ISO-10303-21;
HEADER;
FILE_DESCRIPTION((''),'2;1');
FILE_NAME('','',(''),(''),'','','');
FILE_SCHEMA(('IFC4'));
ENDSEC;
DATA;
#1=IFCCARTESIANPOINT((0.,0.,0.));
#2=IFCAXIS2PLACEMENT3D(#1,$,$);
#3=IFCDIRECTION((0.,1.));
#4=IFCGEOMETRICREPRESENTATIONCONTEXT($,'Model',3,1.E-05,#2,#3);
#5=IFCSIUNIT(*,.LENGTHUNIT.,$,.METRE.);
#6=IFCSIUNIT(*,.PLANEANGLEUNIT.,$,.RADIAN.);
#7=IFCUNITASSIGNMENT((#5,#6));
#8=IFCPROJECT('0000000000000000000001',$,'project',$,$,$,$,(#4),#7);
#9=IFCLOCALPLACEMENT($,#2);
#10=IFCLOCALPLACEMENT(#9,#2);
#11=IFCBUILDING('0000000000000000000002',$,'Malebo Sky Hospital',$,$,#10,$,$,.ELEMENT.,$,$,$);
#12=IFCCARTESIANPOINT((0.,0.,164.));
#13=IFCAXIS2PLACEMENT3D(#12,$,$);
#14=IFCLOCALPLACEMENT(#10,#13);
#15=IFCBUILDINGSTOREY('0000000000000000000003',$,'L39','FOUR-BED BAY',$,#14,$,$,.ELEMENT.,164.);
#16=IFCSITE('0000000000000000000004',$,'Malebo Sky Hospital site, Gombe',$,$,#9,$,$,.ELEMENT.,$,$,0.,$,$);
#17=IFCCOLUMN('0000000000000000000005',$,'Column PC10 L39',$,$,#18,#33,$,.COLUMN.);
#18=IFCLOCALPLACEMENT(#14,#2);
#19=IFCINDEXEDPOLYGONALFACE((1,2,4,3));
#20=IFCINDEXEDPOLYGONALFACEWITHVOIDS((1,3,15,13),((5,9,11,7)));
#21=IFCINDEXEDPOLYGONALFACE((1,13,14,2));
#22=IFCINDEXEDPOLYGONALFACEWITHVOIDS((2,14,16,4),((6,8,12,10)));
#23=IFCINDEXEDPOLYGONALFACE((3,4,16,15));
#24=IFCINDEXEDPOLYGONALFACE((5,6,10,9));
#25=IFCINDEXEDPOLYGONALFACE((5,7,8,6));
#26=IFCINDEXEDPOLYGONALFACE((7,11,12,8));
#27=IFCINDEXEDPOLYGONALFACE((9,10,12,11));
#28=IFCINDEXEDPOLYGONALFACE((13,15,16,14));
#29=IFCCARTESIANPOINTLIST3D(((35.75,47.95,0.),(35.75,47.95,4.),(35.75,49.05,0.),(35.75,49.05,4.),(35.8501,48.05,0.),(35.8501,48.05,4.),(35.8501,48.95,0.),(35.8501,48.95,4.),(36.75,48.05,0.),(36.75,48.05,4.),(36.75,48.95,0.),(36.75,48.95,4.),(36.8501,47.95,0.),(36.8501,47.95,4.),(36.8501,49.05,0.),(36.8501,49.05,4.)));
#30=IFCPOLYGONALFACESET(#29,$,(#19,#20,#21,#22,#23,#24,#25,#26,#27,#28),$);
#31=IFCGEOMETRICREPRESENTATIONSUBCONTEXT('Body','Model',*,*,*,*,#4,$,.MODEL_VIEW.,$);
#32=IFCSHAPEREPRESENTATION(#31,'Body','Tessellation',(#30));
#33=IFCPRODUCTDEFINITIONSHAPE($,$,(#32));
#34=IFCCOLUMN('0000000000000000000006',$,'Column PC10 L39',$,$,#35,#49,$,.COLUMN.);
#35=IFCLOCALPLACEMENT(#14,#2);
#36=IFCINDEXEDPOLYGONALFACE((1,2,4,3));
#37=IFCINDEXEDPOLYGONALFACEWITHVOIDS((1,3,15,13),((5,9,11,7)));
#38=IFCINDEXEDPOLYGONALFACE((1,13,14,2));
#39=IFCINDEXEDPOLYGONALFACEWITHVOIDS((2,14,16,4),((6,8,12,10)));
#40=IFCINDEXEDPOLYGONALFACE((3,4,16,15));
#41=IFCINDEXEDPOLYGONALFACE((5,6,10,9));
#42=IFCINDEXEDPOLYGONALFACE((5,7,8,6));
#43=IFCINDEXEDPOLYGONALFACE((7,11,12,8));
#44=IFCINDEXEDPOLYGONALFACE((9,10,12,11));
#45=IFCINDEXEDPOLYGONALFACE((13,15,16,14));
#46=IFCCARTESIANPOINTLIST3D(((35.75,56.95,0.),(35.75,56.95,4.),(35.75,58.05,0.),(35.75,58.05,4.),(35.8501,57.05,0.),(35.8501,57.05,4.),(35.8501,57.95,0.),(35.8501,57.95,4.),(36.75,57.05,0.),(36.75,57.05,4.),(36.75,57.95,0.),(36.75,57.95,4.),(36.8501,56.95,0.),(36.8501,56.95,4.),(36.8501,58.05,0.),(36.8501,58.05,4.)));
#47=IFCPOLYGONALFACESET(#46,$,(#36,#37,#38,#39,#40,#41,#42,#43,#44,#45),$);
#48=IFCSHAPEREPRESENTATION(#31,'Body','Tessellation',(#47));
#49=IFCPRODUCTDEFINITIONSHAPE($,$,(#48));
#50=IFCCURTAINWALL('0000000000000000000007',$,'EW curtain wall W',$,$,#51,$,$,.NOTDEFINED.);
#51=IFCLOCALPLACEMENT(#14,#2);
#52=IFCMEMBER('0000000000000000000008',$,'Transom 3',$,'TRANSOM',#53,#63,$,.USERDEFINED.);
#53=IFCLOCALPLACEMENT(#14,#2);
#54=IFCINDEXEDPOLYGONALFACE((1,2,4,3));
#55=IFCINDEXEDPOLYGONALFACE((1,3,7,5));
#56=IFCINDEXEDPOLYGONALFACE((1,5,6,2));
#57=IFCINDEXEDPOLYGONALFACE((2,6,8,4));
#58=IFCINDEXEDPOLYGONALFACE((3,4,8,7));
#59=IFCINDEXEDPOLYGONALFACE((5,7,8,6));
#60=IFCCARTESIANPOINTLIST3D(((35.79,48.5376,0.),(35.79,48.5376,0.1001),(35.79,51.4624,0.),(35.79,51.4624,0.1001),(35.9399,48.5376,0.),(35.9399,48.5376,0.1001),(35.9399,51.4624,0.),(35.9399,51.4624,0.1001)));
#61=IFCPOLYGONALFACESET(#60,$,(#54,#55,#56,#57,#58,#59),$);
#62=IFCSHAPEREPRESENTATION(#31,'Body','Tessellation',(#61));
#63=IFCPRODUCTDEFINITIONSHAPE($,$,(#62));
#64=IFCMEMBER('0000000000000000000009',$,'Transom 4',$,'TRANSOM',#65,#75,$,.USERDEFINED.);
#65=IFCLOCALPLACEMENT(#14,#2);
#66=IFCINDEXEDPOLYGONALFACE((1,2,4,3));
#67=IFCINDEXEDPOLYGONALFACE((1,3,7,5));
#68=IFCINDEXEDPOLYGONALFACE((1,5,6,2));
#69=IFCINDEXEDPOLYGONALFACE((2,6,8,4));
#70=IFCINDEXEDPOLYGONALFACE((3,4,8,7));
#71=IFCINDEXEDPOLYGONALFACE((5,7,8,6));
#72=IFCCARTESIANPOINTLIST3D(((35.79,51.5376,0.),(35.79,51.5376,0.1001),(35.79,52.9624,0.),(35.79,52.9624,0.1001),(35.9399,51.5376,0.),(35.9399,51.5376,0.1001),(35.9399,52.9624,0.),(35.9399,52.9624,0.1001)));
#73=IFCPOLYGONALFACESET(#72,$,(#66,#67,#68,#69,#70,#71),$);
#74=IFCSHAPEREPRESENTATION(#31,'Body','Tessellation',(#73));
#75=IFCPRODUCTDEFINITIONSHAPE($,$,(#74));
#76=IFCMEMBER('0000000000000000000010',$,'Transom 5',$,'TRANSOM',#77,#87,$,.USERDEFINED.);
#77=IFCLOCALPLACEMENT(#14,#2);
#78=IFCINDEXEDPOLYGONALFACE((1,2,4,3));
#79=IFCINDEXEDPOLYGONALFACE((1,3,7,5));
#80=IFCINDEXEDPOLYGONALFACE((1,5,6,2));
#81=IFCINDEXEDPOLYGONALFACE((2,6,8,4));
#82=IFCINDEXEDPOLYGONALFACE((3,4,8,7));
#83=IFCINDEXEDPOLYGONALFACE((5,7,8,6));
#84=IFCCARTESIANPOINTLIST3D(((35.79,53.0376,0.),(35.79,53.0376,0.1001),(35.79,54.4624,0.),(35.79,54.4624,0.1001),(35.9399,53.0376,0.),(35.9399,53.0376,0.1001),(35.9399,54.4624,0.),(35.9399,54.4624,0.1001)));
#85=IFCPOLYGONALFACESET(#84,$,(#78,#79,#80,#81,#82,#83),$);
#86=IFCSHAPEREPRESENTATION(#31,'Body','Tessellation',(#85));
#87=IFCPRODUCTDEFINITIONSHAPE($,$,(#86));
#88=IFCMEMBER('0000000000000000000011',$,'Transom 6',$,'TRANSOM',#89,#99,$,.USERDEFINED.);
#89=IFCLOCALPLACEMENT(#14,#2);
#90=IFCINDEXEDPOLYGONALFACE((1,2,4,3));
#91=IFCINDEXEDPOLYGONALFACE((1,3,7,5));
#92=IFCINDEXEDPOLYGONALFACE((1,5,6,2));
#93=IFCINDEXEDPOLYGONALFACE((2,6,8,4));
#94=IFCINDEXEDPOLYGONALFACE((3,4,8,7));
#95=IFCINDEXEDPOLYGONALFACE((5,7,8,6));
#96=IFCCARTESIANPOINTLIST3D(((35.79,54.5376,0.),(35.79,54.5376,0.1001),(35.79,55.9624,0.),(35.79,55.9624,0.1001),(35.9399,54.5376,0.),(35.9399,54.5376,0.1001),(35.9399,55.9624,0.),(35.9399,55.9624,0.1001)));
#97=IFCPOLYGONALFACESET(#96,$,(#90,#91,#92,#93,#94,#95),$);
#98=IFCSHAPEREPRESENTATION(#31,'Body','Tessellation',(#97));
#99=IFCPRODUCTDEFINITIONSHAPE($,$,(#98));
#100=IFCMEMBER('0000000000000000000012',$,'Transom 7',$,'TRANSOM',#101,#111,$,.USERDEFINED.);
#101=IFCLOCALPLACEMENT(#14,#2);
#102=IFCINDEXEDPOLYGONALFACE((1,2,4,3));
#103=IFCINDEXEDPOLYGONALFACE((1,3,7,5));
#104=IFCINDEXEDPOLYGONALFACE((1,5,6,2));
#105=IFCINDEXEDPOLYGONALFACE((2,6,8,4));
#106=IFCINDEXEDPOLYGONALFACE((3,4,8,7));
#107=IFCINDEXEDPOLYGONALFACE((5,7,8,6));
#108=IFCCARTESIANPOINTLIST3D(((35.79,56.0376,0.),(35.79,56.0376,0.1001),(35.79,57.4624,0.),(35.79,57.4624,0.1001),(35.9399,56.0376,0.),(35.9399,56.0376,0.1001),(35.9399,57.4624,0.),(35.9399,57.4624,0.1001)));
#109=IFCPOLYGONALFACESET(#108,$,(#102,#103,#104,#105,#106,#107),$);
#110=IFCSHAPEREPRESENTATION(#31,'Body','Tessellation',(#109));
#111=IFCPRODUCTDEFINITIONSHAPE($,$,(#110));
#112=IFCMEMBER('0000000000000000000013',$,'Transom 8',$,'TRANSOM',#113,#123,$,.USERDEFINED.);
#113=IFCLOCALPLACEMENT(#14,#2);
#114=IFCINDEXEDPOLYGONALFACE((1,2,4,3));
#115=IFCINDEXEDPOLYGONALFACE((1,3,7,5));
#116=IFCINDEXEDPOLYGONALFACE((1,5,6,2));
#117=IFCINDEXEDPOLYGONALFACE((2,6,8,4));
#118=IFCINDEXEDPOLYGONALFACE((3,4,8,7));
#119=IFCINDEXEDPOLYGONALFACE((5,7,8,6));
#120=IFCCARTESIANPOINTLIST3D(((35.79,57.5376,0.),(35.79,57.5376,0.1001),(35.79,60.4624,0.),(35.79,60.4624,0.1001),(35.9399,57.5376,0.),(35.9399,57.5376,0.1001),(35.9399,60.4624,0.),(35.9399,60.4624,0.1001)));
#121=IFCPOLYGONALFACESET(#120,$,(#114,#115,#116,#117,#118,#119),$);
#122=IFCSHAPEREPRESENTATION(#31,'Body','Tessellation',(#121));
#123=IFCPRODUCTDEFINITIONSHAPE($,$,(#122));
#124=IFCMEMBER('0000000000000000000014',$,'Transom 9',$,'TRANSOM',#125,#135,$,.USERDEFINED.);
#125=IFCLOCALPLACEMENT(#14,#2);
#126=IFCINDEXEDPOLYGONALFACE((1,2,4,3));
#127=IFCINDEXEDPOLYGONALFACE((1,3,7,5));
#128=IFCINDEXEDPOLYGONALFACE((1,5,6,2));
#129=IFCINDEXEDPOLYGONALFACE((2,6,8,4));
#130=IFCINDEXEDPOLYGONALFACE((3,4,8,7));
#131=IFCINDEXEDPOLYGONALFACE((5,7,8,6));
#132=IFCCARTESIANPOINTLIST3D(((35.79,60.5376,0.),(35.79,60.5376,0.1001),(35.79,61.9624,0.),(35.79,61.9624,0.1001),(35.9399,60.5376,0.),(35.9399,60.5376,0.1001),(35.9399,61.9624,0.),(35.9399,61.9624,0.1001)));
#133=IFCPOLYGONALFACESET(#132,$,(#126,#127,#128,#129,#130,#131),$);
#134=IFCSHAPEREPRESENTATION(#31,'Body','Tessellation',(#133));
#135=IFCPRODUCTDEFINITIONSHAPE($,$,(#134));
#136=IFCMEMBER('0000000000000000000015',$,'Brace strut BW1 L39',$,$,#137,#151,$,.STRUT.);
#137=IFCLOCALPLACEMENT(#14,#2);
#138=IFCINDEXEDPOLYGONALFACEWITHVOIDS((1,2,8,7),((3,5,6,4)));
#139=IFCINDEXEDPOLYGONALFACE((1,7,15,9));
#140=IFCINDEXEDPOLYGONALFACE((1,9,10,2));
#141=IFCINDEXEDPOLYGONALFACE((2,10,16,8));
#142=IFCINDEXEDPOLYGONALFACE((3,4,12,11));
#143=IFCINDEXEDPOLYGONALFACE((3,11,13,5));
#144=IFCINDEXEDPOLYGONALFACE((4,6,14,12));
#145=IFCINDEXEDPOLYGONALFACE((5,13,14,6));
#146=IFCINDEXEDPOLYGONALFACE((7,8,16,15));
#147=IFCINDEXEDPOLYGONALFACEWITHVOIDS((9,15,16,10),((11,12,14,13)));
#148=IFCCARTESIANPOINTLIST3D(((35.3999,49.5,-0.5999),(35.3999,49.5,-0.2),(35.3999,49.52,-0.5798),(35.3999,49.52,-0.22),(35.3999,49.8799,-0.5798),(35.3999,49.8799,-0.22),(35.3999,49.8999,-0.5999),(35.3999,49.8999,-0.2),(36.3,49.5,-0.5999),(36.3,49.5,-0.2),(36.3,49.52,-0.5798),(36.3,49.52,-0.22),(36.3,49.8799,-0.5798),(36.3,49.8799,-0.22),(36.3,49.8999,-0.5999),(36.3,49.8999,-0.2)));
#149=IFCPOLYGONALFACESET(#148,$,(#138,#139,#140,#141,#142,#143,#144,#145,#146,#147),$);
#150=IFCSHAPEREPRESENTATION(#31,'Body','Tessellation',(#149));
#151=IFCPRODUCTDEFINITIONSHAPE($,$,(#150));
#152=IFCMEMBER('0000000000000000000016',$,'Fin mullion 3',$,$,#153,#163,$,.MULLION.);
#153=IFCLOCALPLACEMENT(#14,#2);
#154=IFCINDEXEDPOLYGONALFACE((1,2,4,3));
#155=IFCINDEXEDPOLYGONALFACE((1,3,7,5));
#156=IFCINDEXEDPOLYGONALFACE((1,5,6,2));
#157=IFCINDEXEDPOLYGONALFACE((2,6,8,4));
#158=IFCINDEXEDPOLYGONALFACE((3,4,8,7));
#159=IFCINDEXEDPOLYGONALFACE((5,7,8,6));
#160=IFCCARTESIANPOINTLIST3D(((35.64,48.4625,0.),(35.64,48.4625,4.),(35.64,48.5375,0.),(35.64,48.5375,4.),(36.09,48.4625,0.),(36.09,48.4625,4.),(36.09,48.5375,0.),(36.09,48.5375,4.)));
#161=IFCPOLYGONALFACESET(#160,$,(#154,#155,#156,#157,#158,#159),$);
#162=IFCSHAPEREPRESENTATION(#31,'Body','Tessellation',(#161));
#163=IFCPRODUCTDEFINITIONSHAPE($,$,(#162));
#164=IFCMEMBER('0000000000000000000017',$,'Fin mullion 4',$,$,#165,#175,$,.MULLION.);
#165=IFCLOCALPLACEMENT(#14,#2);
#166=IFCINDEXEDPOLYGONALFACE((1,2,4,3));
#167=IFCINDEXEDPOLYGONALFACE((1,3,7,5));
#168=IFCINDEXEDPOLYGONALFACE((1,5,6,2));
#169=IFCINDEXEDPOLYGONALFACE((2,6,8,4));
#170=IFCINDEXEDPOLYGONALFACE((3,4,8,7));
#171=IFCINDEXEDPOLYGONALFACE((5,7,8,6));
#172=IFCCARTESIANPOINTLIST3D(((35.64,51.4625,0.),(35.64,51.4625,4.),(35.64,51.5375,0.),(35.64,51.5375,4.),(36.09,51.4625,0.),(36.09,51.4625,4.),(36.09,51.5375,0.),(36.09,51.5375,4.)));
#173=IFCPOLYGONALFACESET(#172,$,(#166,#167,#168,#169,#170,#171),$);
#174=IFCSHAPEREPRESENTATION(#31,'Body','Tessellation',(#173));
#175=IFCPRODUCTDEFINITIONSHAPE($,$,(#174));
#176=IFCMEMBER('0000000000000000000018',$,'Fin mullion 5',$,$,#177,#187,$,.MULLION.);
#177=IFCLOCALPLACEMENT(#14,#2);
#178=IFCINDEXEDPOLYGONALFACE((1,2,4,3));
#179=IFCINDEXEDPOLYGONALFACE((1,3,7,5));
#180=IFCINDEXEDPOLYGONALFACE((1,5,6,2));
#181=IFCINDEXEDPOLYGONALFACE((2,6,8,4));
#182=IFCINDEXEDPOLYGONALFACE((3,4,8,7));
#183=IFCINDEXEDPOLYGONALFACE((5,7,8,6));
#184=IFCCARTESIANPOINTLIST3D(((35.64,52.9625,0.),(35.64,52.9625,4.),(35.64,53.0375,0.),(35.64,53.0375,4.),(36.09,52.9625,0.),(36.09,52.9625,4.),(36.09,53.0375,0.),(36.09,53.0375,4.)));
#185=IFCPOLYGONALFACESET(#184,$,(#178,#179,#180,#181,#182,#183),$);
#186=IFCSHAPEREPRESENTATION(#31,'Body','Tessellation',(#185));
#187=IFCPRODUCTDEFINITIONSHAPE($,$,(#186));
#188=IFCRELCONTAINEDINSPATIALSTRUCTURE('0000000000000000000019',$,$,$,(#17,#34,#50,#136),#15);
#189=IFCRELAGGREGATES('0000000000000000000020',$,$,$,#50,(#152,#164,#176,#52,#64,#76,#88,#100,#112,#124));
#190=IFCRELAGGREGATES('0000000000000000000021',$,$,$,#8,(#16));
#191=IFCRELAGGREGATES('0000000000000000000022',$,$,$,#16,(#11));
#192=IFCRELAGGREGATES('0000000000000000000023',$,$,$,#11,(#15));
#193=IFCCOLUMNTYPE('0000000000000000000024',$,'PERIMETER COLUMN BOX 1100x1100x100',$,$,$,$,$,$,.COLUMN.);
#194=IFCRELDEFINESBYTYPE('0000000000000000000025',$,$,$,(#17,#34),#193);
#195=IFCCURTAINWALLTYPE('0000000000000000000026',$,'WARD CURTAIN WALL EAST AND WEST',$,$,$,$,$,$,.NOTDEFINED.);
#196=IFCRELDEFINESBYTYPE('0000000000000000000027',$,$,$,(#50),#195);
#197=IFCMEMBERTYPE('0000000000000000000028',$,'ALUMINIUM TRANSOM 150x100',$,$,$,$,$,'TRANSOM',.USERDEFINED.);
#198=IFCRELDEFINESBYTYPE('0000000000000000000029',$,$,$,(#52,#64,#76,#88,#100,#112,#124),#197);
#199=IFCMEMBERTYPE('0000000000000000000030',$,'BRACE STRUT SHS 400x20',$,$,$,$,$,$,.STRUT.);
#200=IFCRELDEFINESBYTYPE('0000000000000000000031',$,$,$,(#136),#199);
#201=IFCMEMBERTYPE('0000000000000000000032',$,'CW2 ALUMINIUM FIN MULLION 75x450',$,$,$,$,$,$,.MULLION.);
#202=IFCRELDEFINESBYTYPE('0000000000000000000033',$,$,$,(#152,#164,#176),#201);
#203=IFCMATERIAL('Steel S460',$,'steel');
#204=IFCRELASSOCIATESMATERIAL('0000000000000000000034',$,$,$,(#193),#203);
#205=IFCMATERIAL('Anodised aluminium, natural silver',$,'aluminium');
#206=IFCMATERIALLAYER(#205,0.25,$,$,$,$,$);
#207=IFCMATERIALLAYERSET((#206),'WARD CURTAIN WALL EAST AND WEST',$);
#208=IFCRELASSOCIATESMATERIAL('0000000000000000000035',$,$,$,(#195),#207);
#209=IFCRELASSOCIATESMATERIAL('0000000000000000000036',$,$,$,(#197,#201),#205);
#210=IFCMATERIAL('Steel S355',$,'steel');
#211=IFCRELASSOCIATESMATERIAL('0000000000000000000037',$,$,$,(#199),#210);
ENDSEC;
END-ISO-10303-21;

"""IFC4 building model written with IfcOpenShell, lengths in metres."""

from ifc_helpers import new_model, si_unit, direction, frame, origin, origin_2d, place, context, subcontext, project, spatial, rectangle, hollow_rectangle, extrude, material, layer, layer_set, material_profile, profile_set, type_object, element, aggregate, save


model = new_model("IFC4")

# Units and contexts
model_context = context("Model", 3, precision=1e-05, world=origin(), true_north=direction((0.0, 1.0)))
body_context = subcontext(model_context, "Body", "Model", "MODEL_VIEW")
ifc_project = project(units=[si_unit("LENGTHUNIT", "METRE"), si_unit("PLANEANGLEUNIT", "RADIAN")], contexts=[model_context])

# Site, building, storey
site_placement = place(None, origin())
site = spatial("IfcSite", under=ifc_project, at=site_placement, Name="Malebo Sky Hospital site, Gombe", CompositionType="ELEMENT", RefElevation=0.0)
building_placement = place(site_placement, origin())
building = spatial("IfcBuilding", under=site, at=building_placement, Name="Malebo Sky Hospital", CompositionType="ELEMENT")
storey_placement = place(building_placement, frame((0.0, 0.0, 164.0)))
storey = spatial("IfcBuildingStorey", under=building, at=storey_placement, Name="L39", Description="FOUR-BED BAY", CompositionType="ELEMENT", Elevation=164.0)

# Columns
ifc_material_1 = material(Name="Steel S460", Category="steel")
ifc_material_profile_1 = material_profile(ifc_material_1, hollow_rectangle(XDim=1.1001, YDim=1.1001, WallThickness=0.1001, at=origin_2d()), Name="BOX 1100x1100x100")
ifc_profile_set_1 = profile_set([ifc_material_profile_1], Name="Steel S460")
column_type = type_object("IfcColumnType", Name="PERIMETER COLUMN BOX 1100x1100x100", PredefinedType="COLUMN", material=ifc_profile_set_1)
for number, where, z_axis, x_axis, name in (
    (1, (36.3, 48.5, 0.0), (0.0, 0.0, 1.0), (1.0, 0.0, 0.0), "Column PC10 L39"),
    (2, (36.3, 57.5, 0.0), (0.0, 0.0, 1.0), (1.0, 0.0, 0.0), "Column PC10 L39"),
):
    element("IfcColumn", number, at=place(storey_placement, frame(where, z_axis=z_axis, x_axis=x_axis)), inside=storey, type_object=column_type, Name=name, PredefinedType="COLUMN", context=body_context, shape_type="SweptSolid", body=[
        extrude(hollow_rectangle(XDim=1.1001, YDim=1.1001, WallThickness=0.1001, at=origin_2d()), origin(), (0.0, 0.0, 1.0), 4.0),
    ])

# Curtain wall, members
ifc_material_2 = material(Name="Anodised aluminium, natural silver", Category="aluminium")
ifc_layer_1 = layer(ifc_material_2, 0.25)
ifc_layer_set_1 = layer_set([ifc_layer_1], Name="WARD CURTAIN WALL EAST AND WEST")
curtain_wall_type = type_object("IfcCurtainWallType", Name="WARD CURTAIN WALL EAST AND WEST", PredefinedType="NOTDEFINED", material=ifc_layer_set_1)
curtain_wall_placement = place(storey_placement, origin())
curtain_wall = element("IfcCurtainWall", 3, at=curtain_wall_placement, inside=storey, type_object=curtain_wall_type, Name="EW curtain wall W", PredefinedType="NOTDEFINED")
ifc_material_profile_2 = material_profile(ifc_material_2, rectangle(XDim=0.1499, YDim=0.1001, at=origin_2d()), Name="ALUMINIUM TRANSOM 150x100")
ifc_profile_set_2 = profile_set([ifc_material_profile_2], Name="Anodised aluminium, natural silver")
member_type_1 = type_object("IfcMemberType", Name="ALUMINIUM TRANSOM 150x100", ElementType="TRANSOM", PredefinedType="USERDEFINED", material=ifc_profile_set_2)
member_1_placement = place(storey_placement, frame((35.865, 48.5376, 0.05), z_axis=(0.0, 1.0, 0.0), x_axis=(-1.0, 0.0, 0.0)))
member_1 = element("IfcMember", 4, at=member_1_placement, type_object=member_type_1, Name="Transom 3", ObjectType="TRANSOM", PredefinedType="USERDEFINED", context=body_context, shape_type="SweptSolid", body=[
    extrude(rectangle(XDim=0.1499, YDim=0.1001, at=origin_2d()), origin(), (0.0, 0.0, 1.0), 2.9248),
])
member_2_placement = place(storey_placement, frame((35.865, 51.5376, 0.05), z_axis=(0.0, 1.0, 0.0), x_axis=(-1.0, 0.0, 0.0)))
member_2 = element("IfcMember", 5, at=member_2_placement, type_object=member_type_1, Name="Transom 4", ObjectType="TRANSOM", PredefinedType="USERDEFINED", context=body_context, shape_type="SweptSolid", body=[
    extrude(rectangle(XDim=0.1499, YDim=0.1001, at=origin_2d()), origin(), (0.0, 0.0, 1.0), 1.4248),
])
member_3_placement = place(storey_placement, frame((35.865, 53.0376, 0.05), z_axis=(0.0, 1.0, 0.0), x_axis=(-1.0, 0.0, 0.0)))
member_3 = element("IfcMember", 6, at=member_3_placement, type_object=member_type_1, Name="Transom 5", ObjectType="TRANSOM", PredefinedType="USERDEFINED", context=body_context, shape_type="SweptSolid", body=[
    extrude(rectangle(XDim=0.1499, YDim=0.1001, at=origin_2d()), origin(), (0.0, 0.0, 1.0), 1.4248),
])
member_4_placement = place(storey_placement, frame((35.865, 54.5376, 0.05), z_axis=(0.0, 1.0, 0.0), x_axis=(-1.0, 0.0, 0.0)))
member_4 = element("IfcMember", 7, at=member_4_placement, type_object=member_type_1, Name="Transom 6", ObjectType="TRANSOM", PredefinedType="USERDEFINED", context=body_context, shape_type="SweptSolid", body=[
    extrude(rectangle(XDim=0.1499, YDim=0.1001, at=origin_2d()), origin(), (0.0, 0.0, 1.0), 1.4248),
])
member_5_placement = place(storey_placement, frame((35.865, 56.0376, 0.05), z_axis=(0.0, 1.0, 0.0), x_axis=(-1.0, 0.0, 0.0)))
member_5 = element("IfcMember", 8, at=member_5_placement, type_object=member_type_1, Name="Transom 7", ObjectType="TRANSOM", PredefinedType="USERDEFINED", context=body_context, shape_type="SweptSolid", body=[
    extrude(rectangle(XDim=0.1499, YDim=0.1001, at=origin_2d()), origin(), (0.0, 0.0, 1.0), 1.4248),
])
member_6_placement = place(storey_placement, frame((35.865, 57.5376, 0.05), z_axis=(0.0, 1.0, 0.0), x_axis=(-1.0, 0.0, 0.0)))
member_6 = element("IfcMember", 9, at=member_6_placement, type_object=member_type_1, Name="Transom 8", ObjectType="TRANSOM", PredefinedType="USERDEFINED", context=body_context, shape_type="SweptSolid", body=[
    extrude(rectangle(XDim=0.1499, YDim=0.1001, at=origin_2d()), origin(), (0.0, 0.0, 1.0), 2.9248),
])
member_7_placement = place(storey_placement, frame((35.865, 60.5376, 0.05), z_axis=(0.0, 1.0, 0.0), x_axis=(-1.0, 0.0, 0.0)))
member_7 = element("IfcMember", 10, at=member_7_placement, type_object=member_type_1, Name="Transom 9", ObjectType="TRANSOM", PredefinedType="USERDEFINED", context=body_context, shape_type="SweptSolid", body=[
    extrude(rectangle(XDim=0.1499, YDim=0.1001, at=origin_2d()), origin(), (0.0, 0.0, 1.0), 1.4248),
])

# Members
ifc_material_3 = material(Name="Steel S355", Category="steel")
ifc_material_profile_3 = material_profile(ifc_material_3, hollow_rectangle(XDim=0.3999, YDim=0.3999, WallThickness=0.02, at=origin_2d()), Name="SHS 400x20")
ifc_profile_set_3 = profile_set([ifc_material_profile_3], Name="Steel S355")
member_type_2 = type_object("IfcMemberType", Name="BRACE STRUT SHS 400x20", PredefinedType="STRUT", material=ifc_profile_set_3)
member_8_placement = place(storey_placement, frame((35.3999, 49.7, -0.3999), z_axis=(1.0, 0.0, 0.0), x_axis=(0.0, 1.0, 0.0)))
element("IfcMember", 11, at=member_8_placement, inside=storey, type_object=member_type_2, Name="Brace strut BW1 L39", PredefinedType="STRUT", context=body_context, shape_type="SweptSolid", body=[
    extrude(hollow_rectangle(XDim=0.3999, YDim=0.3999, WallThickness=0.02, at=origin_2d()), origin(), (0.0, 0.0, 1.0), 0.9001),
])
ifc_material_profile_4 = material_profile(ifc_material_2, rectangle(XDim=0.075, YDim=0.45, at=origin_2d()), Name="CW2 ALUMINIUM FIN MULLION 75x450")
ifc_profile_set_4 = profile_set([ifc_material_profile_4], Name="Anodised aluminium, natural silver")
member_type_3 = type_object("IfcMemberType", Name="CW2 ALUMINIUM FIN MULLION 75x450", PredefinedType="MULLION", material=ifc_profile_set_4)
member_9_placement = place(storey_placement, frame((35.865, 48.5, 0.0), z_axis=(0.0, 0.0, 1.0), x_axis=(0.0, 1.0, 0.0)))
member_9 = element("IfcMember", 12, at=member_9_placement, type_object=member_type_3, Name="Fin mullion 3", PredefinedType="MULLION", context=body_context, shape_type="SweptSolid", body=[
    extrude(rectangle(XDim=0.075, YDim=0.45, at=origin_2d()), origin(), (0.0, 0.0, 1.0), 4.0),
])
member_10_placement = place(storey_placement, frame((35.865, 51.5, 0.0), z_axis=(0.0, 0.0, 1.0), x_axis=(0.0, 1.0, 0.0)))
member_10 = element("IfcMember", 13, at=member_10_placement, type_object=member_type_3, Name="Fin mullion 4", PredefinedType="MULLION", context=body_context, shape_type="SweptSolid", body=[
    extrude(rectangle(XDim=0.075, YDim=0.45, at=origin_2d()), origin(), (0.0, 0.0, 1.0), 4.0),
])
member_11_placement = place(storey_placement, frame((35.865, 53.0, 0.0), z_axis=(0.0, 0.0, 1.0), x_axis=(0.0, 1.0, 0.0)))
member_11 = element("IfcMember", 14, at=member_11_placement, type_object=member_type_3, Name="Fin mullion 5", PredefinedType="MULLION", context=body_context, shape_type="SweptSolid", body=[
    extrude(rectangle(XDim=0.075, YDim=0.45, at=origin_2d()), origin(), (0.0, 0.0, 1.0), 4.0),
])

aggregate(curtain_wall, [member_9, member_10, member_11, member_1, member_2, member_3, member_4, member_5, member_6, member_7])

save(model, "model.ifc")
